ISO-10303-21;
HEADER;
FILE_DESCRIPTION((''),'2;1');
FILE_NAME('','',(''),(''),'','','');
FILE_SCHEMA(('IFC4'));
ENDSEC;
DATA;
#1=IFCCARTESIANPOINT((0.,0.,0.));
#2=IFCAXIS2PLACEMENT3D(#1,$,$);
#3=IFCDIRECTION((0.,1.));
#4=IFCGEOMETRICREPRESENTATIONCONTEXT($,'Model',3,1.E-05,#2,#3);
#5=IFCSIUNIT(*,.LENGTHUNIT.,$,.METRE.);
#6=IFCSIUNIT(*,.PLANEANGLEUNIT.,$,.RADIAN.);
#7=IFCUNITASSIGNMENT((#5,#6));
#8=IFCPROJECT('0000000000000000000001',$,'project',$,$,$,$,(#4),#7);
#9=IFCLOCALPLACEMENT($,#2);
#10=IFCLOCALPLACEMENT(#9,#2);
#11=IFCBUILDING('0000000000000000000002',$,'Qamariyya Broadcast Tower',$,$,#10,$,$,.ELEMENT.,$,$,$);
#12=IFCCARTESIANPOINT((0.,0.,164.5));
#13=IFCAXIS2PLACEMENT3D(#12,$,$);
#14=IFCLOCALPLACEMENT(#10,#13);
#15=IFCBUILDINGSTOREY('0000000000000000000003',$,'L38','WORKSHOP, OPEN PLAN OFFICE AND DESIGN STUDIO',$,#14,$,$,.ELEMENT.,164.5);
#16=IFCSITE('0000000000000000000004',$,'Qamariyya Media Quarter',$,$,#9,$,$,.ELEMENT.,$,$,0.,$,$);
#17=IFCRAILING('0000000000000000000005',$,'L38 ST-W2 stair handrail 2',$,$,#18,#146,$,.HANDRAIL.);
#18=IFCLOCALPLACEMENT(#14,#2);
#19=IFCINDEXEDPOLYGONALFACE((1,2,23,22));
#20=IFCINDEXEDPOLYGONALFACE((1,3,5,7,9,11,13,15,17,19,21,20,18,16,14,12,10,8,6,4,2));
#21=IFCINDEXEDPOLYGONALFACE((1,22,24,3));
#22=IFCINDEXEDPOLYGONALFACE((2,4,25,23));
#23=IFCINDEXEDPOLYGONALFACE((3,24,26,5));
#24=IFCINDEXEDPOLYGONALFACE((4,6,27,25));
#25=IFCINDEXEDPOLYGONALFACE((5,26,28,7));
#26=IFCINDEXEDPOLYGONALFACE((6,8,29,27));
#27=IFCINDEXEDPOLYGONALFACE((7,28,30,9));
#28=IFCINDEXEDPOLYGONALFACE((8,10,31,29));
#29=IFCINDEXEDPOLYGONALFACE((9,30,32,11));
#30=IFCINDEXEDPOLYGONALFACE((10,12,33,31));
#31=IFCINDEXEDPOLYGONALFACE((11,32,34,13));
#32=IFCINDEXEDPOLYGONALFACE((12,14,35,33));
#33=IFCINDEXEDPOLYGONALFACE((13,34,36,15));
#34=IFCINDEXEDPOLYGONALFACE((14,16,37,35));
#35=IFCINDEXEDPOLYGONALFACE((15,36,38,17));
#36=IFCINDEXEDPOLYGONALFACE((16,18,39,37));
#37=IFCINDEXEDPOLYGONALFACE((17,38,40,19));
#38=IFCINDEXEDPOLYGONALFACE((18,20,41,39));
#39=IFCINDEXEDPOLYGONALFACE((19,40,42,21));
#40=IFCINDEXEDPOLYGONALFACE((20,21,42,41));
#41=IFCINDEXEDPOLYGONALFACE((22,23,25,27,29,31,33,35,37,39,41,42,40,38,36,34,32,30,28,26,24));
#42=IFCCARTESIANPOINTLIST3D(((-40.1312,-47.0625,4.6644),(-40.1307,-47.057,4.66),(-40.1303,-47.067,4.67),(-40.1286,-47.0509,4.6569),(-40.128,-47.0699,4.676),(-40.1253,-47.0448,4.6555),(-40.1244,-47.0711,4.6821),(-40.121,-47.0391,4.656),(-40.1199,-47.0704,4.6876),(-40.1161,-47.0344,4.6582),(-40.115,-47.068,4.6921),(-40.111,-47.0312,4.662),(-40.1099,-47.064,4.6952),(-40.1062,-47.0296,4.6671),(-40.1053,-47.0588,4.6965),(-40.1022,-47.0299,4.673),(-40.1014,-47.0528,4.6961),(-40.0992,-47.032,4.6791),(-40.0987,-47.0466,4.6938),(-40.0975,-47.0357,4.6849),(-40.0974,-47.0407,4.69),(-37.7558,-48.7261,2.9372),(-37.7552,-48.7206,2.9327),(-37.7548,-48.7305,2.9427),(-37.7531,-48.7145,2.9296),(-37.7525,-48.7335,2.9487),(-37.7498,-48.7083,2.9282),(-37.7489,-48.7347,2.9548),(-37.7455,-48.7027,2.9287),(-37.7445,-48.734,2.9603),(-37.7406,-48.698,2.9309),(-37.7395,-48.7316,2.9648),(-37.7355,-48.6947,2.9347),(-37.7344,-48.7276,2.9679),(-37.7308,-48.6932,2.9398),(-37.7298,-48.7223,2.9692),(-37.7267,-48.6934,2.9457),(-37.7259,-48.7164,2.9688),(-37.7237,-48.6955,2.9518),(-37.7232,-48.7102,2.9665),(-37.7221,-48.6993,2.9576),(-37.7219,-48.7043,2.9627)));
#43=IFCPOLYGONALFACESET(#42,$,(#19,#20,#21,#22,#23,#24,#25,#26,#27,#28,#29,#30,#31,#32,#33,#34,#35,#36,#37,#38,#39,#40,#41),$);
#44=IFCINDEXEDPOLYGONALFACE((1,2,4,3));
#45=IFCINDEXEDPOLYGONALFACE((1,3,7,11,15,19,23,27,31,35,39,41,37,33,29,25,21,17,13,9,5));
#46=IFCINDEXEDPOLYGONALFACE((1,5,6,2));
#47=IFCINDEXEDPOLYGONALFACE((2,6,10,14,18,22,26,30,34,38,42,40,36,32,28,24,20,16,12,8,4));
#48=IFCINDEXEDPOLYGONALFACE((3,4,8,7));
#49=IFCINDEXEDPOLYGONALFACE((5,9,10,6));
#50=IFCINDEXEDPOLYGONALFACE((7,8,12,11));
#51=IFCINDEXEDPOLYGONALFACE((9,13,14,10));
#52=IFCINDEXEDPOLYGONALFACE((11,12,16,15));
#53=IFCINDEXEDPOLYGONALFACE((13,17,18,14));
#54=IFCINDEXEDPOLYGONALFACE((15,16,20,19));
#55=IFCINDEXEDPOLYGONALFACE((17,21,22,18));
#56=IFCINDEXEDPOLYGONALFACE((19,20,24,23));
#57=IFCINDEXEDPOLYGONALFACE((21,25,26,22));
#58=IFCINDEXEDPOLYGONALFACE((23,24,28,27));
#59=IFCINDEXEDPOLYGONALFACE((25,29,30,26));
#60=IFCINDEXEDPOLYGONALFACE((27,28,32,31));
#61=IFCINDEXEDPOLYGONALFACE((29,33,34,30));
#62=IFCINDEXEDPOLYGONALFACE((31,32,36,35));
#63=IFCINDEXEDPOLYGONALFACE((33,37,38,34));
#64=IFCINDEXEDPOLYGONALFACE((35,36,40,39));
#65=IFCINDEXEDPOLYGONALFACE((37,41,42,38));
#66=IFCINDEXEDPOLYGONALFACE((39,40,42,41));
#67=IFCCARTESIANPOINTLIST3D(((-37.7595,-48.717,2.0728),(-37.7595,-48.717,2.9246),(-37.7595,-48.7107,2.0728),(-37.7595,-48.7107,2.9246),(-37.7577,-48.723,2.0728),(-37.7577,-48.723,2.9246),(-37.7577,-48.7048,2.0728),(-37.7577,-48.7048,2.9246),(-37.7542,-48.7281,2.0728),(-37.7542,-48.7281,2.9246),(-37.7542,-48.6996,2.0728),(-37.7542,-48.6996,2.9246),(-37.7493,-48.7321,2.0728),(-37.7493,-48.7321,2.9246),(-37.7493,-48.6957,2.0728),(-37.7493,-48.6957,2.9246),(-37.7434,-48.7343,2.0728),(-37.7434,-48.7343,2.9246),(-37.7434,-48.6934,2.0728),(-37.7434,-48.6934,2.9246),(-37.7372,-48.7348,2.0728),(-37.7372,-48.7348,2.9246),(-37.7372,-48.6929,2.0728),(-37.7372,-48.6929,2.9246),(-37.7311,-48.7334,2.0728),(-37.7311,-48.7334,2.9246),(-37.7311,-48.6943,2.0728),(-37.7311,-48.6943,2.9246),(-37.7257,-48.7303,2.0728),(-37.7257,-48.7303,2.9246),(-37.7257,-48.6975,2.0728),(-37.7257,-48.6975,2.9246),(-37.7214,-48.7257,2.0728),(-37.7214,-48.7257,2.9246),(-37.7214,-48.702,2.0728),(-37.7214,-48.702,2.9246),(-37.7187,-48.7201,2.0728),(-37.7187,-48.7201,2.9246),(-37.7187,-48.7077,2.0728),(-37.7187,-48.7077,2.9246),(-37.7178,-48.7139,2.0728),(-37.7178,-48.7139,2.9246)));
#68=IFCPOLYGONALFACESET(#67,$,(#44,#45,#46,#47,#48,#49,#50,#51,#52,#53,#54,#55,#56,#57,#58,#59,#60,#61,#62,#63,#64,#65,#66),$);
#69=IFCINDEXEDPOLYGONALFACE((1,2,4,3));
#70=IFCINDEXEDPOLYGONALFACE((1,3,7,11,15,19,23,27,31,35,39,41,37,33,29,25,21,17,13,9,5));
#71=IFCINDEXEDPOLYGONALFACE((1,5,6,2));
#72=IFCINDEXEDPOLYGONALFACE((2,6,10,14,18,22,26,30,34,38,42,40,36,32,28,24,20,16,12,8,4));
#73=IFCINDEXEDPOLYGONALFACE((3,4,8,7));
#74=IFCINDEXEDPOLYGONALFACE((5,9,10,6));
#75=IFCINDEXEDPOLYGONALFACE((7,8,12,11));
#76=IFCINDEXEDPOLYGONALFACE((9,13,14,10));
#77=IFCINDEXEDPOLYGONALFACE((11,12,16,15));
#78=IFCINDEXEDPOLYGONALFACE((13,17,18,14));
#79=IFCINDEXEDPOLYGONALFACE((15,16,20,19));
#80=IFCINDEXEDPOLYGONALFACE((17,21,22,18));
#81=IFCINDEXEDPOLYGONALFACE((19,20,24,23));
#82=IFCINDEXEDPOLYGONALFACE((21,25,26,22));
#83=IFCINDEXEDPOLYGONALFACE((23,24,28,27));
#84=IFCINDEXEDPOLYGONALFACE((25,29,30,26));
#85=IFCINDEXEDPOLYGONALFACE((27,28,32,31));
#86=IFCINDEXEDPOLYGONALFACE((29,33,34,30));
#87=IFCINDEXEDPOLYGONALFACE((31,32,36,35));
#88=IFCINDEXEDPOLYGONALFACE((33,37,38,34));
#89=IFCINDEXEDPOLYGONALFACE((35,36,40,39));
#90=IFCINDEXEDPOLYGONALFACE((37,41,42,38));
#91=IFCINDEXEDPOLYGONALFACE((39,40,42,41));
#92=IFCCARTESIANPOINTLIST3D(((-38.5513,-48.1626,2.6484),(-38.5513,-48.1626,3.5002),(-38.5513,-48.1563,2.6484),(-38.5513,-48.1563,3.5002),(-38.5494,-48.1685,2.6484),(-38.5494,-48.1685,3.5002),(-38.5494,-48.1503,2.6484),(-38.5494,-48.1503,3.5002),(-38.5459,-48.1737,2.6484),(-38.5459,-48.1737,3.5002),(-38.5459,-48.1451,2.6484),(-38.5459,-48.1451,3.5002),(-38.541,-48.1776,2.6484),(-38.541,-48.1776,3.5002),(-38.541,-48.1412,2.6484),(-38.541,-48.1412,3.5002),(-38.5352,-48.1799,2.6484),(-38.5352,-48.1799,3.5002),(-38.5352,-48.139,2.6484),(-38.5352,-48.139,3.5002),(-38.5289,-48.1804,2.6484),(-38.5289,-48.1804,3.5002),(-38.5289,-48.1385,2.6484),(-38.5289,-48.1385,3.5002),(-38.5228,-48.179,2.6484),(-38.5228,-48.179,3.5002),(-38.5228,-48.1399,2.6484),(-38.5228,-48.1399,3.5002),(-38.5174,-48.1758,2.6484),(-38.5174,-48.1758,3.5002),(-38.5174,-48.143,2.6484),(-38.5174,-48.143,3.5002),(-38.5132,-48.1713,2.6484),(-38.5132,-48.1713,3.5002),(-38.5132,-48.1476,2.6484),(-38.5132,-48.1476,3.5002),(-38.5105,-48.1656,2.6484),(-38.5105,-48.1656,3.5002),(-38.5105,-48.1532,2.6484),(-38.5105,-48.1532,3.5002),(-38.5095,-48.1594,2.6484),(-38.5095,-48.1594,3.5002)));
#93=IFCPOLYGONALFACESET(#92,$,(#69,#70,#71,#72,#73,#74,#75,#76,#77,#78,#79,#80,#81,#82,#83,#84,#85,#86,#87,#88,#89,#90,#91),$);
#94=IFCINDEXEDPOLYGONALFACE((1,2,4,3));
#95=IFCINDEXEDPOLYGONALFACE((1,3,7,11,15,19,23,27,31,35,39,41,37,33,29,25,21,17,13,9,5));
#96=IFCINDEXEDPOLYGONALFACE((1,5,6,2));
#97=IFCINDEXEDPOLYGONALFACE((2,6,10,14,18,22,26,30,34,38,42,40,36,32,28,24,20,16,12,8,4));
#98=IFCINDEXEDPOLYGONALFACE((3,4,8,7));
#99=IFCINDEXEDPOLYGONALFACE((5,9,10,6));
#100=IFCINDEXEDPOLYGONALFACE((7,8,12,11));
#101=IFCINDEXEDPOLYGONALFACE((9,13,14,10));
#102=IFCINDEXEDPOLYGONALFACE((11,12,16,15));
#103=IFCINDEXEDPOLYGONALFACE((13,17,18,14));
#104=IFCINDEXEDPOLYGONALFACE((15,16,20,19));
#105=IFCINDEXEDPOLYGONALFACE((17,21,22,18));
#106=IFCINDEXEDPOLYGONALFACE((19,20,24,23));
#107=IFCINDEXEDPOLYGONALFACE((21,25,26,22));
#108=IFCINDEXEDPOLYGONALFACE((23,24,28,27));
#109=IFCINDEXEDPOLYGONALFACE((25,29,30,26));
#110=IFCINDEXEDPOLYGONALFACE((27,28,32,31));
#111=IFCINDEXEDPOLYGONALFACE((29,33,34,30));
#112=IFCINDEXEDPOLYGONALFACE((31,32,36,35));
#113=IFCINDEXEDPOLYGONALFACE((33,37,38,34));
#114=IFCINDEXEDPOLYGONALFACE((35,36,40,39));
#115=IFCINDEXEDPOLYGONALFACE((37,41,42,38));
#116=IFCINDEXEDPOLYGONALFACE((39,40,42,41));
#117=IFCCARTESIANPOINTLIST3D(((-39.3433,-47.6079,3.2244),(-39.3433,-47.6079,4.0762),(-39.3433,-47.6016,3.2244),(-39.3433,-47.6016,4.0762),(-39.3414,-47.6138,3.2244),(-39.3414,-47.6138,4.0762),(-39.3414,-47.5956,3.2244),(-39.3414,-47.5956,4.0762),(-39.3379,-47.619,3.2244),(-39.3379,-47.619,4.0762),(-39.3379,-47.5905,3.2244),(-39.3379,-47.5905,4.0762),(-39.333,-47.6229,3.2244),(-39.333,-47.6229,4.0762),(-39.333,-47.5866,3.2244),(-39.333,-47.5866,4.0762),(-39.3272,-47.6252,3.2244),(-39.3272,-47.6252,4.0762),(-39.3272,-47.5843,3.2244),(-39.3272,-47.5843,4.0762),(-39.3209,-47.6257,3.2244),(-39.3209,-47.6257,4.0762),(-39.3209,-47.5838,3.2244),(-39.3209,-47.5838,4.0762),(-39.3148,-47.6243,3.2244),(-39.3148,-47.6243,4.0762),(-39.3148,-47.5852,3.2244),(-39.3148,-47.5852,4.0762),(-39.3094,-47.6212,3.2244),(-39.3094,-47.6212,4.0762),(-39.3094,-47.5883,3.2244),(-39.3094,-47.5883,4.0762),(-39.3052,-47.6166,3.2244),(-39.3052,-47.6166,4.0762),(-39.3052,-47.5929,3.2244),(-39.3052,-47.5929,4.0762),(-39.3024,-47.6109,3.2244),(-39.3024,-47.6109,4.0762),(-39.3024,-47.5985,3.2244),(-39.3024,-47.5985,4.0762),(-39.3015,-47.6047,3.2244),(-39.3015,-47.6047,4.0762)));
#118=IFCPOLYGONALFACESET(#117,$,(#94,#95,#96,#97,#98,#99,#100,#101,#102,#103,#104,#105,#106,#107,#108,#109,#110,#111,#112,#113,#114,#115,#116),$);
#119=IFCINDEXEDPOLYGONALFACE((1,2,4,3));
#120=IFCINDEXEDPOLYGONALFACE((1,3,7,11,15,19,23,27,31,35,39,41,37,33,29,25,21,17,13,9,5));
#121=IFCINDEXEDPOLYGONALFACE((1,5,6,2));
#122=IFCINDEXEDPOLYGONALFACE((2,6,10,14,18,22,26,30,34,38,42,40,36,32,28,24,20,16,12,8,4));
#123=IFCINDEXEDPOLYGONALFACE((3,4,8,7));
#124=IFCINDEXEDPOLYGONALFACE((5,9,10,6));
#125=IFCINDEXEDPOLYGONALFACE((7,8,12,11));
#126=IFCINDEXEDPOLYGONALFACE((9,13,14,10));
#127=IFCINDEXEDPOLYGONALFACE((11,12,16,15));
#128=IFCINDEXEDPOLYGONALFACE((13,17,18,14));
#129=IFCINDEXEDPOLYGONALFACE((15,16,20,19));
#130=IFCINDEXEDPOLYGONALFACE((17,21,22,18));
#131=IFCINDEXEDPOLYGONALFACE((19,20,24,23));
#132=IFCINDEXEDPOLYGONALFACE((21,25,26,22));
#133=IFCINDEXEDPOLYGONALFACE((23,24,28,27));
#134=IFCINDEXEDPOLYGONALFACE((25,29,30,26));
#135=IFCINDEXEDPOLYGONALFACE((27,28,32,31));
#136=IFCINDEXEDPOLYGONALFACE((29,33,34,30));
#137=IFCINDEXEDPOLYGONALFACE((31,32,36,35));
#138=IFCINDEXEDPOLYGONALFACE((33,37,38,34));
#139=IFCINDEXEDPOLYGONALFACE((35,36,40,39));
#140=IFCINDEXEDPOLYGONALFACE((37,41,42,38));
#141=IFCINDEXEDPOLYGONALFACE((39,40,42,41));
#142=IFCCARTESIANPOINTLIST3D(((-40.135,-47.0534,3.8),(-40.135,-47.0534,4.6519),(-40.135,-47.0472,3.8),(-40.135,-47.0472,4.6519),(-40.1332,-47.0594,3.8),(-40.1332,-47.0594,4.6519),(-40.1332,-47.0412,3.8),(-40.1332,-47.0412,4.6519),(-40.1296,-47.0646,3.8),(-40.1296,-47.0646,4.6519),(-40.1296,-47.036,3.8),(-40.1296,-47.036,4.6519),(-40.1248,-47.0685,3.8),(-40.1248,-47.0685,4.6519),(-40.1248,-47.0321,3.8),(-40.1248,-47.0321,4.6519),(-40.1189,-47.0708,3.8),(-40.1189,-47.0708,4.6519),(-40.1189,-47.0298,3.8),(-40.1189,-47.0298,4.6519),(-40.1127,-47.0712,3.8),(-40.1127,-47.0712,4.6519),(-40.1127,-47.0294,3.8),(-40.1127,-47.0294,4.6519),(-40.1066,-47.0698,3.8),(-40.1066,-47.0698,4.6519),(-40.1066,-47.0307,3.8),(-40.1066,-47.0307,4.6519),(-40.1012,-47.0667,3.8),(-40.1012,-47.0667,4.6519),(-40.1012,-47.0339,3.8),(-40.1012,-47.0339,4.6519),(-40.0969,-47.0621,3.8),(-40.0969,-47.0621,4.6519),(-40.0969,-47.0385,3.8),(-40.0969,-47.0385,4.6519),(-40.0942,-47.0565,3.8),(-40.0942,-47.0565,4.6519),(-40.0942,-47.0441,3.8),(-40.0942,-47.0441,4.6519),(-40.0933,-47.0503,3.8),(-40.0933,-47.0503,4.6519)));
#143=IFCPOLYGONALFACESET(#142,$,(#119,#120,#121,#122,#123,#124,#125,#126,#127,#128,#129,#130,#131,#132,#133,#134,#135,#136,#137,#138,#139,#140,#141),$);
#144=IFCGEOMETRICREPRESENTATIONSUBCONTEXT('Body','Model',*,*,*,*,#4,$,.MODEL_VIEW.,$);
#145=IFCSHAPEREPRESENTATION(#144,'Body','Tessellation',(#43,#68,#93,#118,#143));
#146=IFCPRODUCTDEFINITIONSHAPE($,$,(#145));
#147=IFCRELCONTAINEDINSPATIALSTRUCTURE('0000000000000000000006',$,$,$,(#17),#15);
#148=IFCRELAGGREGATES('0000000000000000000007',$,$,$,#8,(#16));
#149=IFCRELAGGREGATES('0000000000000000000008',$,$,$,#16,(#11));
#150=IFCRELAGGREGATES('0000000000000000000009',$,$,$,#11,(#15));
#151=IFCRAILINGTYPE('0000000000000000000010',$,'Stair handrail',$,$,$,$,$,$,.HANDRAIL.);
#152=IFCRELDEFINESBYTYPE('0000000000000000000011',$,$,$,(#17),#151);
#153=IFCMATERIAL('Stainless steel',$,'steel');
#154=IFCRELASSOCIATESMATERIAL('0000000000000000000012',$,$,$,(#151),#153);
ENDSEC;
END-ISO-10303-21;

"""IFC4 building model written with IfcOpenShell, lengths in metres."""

from ifc_helpers import new_model, si_unit, direction, frame, origin, origin_2d, place, context, subcontext, project, spatial, circle, extrude, material, type_object, element, save


model = new_model("IFC4")

# Units and contexts
model_context = context("Model", 3, precision=1e-05, world=origin(), true_north=direction((0.0, 1.0)))
body_context = subcontext(model_context, "Body", "Model", "MODEL_VIEW")
ifc_project = project(units=[si_unit("LENGTHUNIT", "METRE"), si_unit("PLANEANGLEUNIT", "RADIAN")], contexts=[model_context])

# Site, building, storey
site_placement = place(None, origin())
site = spatial("IfcSite", under=ifc_project, at=site_placement, Name="Qamariyya Media Quarter", CompositionType="ELEMENT", RefElevation=0.0)
building_placement = place(site_placement, origin())
building = spatial("IfcBuilding", under=site, at=building_placement, Name="Qamariyya Broadcast Tower", CompositionType="ELEMENT")
storey_placement = place(building_placement, frame((0.0, 0.0, 164.5)))
storey = spatial("IfcBuildingStorey", under=building, at=storey_placement, Name="L38", Description="WORKSHOP, OPEN PLAN OFFICE AND DESIGN STUDIO", CompositionType="ELEMENT", Elevation=164.5)

# Railing
ifc_material_1 = material(Name="Stainless steel", Category="steel")
railing_type = type_object("IfcRailingType", Name="Stair handrail", PredefinedType="HANDRAIL", material=ifc_material_1)
railing_placement = place(storey_placement, frame((-37.7388, -48.7139, 2.0728)))
element("IfcRailing", 1, at=railing_placement, inside=storey, type_object=railing_type, Name="L38 ST-W2 stair handrail 2", PredefinedType="HANDRAIL", context=body_context, shape_type="SweptSolid", body=[
    extrude(circle(Radius=0.0239, at=origin_2d()), frame((0.0, 0.0, 0.876), z_axis=(-0.703745, 0.492838, 0.511716), x_axis=(-0.573632, -0.819113, 0.0)), (0.0, 0.0, 1.0), 3.3755),
    extrude(circle(Radius=0.021, at=origin_2d()), origin(), (0.0, 0.0, 1.0), 0.8518),
    extrude(circle(Radius=0.021, at=origin_2d()), frame((-0.7917, 0.5544, 0.5757)), (0.0, 0.0, 1.0), 0.8518),
    extrude(circle(Radius=0.021, at=origin_2d()), frame((-1.5837, 1.1091, 1.1516)), (0.0, 0.0, 1.0), 0.8518),
    extrude(circle(Radius=0.021, at=origin_2d()), frame((-2.3755, 1.6636, 1.7273)), (0.0, 0.0, 1.0), 0.8518),
])

save(model, "model.ifc")
